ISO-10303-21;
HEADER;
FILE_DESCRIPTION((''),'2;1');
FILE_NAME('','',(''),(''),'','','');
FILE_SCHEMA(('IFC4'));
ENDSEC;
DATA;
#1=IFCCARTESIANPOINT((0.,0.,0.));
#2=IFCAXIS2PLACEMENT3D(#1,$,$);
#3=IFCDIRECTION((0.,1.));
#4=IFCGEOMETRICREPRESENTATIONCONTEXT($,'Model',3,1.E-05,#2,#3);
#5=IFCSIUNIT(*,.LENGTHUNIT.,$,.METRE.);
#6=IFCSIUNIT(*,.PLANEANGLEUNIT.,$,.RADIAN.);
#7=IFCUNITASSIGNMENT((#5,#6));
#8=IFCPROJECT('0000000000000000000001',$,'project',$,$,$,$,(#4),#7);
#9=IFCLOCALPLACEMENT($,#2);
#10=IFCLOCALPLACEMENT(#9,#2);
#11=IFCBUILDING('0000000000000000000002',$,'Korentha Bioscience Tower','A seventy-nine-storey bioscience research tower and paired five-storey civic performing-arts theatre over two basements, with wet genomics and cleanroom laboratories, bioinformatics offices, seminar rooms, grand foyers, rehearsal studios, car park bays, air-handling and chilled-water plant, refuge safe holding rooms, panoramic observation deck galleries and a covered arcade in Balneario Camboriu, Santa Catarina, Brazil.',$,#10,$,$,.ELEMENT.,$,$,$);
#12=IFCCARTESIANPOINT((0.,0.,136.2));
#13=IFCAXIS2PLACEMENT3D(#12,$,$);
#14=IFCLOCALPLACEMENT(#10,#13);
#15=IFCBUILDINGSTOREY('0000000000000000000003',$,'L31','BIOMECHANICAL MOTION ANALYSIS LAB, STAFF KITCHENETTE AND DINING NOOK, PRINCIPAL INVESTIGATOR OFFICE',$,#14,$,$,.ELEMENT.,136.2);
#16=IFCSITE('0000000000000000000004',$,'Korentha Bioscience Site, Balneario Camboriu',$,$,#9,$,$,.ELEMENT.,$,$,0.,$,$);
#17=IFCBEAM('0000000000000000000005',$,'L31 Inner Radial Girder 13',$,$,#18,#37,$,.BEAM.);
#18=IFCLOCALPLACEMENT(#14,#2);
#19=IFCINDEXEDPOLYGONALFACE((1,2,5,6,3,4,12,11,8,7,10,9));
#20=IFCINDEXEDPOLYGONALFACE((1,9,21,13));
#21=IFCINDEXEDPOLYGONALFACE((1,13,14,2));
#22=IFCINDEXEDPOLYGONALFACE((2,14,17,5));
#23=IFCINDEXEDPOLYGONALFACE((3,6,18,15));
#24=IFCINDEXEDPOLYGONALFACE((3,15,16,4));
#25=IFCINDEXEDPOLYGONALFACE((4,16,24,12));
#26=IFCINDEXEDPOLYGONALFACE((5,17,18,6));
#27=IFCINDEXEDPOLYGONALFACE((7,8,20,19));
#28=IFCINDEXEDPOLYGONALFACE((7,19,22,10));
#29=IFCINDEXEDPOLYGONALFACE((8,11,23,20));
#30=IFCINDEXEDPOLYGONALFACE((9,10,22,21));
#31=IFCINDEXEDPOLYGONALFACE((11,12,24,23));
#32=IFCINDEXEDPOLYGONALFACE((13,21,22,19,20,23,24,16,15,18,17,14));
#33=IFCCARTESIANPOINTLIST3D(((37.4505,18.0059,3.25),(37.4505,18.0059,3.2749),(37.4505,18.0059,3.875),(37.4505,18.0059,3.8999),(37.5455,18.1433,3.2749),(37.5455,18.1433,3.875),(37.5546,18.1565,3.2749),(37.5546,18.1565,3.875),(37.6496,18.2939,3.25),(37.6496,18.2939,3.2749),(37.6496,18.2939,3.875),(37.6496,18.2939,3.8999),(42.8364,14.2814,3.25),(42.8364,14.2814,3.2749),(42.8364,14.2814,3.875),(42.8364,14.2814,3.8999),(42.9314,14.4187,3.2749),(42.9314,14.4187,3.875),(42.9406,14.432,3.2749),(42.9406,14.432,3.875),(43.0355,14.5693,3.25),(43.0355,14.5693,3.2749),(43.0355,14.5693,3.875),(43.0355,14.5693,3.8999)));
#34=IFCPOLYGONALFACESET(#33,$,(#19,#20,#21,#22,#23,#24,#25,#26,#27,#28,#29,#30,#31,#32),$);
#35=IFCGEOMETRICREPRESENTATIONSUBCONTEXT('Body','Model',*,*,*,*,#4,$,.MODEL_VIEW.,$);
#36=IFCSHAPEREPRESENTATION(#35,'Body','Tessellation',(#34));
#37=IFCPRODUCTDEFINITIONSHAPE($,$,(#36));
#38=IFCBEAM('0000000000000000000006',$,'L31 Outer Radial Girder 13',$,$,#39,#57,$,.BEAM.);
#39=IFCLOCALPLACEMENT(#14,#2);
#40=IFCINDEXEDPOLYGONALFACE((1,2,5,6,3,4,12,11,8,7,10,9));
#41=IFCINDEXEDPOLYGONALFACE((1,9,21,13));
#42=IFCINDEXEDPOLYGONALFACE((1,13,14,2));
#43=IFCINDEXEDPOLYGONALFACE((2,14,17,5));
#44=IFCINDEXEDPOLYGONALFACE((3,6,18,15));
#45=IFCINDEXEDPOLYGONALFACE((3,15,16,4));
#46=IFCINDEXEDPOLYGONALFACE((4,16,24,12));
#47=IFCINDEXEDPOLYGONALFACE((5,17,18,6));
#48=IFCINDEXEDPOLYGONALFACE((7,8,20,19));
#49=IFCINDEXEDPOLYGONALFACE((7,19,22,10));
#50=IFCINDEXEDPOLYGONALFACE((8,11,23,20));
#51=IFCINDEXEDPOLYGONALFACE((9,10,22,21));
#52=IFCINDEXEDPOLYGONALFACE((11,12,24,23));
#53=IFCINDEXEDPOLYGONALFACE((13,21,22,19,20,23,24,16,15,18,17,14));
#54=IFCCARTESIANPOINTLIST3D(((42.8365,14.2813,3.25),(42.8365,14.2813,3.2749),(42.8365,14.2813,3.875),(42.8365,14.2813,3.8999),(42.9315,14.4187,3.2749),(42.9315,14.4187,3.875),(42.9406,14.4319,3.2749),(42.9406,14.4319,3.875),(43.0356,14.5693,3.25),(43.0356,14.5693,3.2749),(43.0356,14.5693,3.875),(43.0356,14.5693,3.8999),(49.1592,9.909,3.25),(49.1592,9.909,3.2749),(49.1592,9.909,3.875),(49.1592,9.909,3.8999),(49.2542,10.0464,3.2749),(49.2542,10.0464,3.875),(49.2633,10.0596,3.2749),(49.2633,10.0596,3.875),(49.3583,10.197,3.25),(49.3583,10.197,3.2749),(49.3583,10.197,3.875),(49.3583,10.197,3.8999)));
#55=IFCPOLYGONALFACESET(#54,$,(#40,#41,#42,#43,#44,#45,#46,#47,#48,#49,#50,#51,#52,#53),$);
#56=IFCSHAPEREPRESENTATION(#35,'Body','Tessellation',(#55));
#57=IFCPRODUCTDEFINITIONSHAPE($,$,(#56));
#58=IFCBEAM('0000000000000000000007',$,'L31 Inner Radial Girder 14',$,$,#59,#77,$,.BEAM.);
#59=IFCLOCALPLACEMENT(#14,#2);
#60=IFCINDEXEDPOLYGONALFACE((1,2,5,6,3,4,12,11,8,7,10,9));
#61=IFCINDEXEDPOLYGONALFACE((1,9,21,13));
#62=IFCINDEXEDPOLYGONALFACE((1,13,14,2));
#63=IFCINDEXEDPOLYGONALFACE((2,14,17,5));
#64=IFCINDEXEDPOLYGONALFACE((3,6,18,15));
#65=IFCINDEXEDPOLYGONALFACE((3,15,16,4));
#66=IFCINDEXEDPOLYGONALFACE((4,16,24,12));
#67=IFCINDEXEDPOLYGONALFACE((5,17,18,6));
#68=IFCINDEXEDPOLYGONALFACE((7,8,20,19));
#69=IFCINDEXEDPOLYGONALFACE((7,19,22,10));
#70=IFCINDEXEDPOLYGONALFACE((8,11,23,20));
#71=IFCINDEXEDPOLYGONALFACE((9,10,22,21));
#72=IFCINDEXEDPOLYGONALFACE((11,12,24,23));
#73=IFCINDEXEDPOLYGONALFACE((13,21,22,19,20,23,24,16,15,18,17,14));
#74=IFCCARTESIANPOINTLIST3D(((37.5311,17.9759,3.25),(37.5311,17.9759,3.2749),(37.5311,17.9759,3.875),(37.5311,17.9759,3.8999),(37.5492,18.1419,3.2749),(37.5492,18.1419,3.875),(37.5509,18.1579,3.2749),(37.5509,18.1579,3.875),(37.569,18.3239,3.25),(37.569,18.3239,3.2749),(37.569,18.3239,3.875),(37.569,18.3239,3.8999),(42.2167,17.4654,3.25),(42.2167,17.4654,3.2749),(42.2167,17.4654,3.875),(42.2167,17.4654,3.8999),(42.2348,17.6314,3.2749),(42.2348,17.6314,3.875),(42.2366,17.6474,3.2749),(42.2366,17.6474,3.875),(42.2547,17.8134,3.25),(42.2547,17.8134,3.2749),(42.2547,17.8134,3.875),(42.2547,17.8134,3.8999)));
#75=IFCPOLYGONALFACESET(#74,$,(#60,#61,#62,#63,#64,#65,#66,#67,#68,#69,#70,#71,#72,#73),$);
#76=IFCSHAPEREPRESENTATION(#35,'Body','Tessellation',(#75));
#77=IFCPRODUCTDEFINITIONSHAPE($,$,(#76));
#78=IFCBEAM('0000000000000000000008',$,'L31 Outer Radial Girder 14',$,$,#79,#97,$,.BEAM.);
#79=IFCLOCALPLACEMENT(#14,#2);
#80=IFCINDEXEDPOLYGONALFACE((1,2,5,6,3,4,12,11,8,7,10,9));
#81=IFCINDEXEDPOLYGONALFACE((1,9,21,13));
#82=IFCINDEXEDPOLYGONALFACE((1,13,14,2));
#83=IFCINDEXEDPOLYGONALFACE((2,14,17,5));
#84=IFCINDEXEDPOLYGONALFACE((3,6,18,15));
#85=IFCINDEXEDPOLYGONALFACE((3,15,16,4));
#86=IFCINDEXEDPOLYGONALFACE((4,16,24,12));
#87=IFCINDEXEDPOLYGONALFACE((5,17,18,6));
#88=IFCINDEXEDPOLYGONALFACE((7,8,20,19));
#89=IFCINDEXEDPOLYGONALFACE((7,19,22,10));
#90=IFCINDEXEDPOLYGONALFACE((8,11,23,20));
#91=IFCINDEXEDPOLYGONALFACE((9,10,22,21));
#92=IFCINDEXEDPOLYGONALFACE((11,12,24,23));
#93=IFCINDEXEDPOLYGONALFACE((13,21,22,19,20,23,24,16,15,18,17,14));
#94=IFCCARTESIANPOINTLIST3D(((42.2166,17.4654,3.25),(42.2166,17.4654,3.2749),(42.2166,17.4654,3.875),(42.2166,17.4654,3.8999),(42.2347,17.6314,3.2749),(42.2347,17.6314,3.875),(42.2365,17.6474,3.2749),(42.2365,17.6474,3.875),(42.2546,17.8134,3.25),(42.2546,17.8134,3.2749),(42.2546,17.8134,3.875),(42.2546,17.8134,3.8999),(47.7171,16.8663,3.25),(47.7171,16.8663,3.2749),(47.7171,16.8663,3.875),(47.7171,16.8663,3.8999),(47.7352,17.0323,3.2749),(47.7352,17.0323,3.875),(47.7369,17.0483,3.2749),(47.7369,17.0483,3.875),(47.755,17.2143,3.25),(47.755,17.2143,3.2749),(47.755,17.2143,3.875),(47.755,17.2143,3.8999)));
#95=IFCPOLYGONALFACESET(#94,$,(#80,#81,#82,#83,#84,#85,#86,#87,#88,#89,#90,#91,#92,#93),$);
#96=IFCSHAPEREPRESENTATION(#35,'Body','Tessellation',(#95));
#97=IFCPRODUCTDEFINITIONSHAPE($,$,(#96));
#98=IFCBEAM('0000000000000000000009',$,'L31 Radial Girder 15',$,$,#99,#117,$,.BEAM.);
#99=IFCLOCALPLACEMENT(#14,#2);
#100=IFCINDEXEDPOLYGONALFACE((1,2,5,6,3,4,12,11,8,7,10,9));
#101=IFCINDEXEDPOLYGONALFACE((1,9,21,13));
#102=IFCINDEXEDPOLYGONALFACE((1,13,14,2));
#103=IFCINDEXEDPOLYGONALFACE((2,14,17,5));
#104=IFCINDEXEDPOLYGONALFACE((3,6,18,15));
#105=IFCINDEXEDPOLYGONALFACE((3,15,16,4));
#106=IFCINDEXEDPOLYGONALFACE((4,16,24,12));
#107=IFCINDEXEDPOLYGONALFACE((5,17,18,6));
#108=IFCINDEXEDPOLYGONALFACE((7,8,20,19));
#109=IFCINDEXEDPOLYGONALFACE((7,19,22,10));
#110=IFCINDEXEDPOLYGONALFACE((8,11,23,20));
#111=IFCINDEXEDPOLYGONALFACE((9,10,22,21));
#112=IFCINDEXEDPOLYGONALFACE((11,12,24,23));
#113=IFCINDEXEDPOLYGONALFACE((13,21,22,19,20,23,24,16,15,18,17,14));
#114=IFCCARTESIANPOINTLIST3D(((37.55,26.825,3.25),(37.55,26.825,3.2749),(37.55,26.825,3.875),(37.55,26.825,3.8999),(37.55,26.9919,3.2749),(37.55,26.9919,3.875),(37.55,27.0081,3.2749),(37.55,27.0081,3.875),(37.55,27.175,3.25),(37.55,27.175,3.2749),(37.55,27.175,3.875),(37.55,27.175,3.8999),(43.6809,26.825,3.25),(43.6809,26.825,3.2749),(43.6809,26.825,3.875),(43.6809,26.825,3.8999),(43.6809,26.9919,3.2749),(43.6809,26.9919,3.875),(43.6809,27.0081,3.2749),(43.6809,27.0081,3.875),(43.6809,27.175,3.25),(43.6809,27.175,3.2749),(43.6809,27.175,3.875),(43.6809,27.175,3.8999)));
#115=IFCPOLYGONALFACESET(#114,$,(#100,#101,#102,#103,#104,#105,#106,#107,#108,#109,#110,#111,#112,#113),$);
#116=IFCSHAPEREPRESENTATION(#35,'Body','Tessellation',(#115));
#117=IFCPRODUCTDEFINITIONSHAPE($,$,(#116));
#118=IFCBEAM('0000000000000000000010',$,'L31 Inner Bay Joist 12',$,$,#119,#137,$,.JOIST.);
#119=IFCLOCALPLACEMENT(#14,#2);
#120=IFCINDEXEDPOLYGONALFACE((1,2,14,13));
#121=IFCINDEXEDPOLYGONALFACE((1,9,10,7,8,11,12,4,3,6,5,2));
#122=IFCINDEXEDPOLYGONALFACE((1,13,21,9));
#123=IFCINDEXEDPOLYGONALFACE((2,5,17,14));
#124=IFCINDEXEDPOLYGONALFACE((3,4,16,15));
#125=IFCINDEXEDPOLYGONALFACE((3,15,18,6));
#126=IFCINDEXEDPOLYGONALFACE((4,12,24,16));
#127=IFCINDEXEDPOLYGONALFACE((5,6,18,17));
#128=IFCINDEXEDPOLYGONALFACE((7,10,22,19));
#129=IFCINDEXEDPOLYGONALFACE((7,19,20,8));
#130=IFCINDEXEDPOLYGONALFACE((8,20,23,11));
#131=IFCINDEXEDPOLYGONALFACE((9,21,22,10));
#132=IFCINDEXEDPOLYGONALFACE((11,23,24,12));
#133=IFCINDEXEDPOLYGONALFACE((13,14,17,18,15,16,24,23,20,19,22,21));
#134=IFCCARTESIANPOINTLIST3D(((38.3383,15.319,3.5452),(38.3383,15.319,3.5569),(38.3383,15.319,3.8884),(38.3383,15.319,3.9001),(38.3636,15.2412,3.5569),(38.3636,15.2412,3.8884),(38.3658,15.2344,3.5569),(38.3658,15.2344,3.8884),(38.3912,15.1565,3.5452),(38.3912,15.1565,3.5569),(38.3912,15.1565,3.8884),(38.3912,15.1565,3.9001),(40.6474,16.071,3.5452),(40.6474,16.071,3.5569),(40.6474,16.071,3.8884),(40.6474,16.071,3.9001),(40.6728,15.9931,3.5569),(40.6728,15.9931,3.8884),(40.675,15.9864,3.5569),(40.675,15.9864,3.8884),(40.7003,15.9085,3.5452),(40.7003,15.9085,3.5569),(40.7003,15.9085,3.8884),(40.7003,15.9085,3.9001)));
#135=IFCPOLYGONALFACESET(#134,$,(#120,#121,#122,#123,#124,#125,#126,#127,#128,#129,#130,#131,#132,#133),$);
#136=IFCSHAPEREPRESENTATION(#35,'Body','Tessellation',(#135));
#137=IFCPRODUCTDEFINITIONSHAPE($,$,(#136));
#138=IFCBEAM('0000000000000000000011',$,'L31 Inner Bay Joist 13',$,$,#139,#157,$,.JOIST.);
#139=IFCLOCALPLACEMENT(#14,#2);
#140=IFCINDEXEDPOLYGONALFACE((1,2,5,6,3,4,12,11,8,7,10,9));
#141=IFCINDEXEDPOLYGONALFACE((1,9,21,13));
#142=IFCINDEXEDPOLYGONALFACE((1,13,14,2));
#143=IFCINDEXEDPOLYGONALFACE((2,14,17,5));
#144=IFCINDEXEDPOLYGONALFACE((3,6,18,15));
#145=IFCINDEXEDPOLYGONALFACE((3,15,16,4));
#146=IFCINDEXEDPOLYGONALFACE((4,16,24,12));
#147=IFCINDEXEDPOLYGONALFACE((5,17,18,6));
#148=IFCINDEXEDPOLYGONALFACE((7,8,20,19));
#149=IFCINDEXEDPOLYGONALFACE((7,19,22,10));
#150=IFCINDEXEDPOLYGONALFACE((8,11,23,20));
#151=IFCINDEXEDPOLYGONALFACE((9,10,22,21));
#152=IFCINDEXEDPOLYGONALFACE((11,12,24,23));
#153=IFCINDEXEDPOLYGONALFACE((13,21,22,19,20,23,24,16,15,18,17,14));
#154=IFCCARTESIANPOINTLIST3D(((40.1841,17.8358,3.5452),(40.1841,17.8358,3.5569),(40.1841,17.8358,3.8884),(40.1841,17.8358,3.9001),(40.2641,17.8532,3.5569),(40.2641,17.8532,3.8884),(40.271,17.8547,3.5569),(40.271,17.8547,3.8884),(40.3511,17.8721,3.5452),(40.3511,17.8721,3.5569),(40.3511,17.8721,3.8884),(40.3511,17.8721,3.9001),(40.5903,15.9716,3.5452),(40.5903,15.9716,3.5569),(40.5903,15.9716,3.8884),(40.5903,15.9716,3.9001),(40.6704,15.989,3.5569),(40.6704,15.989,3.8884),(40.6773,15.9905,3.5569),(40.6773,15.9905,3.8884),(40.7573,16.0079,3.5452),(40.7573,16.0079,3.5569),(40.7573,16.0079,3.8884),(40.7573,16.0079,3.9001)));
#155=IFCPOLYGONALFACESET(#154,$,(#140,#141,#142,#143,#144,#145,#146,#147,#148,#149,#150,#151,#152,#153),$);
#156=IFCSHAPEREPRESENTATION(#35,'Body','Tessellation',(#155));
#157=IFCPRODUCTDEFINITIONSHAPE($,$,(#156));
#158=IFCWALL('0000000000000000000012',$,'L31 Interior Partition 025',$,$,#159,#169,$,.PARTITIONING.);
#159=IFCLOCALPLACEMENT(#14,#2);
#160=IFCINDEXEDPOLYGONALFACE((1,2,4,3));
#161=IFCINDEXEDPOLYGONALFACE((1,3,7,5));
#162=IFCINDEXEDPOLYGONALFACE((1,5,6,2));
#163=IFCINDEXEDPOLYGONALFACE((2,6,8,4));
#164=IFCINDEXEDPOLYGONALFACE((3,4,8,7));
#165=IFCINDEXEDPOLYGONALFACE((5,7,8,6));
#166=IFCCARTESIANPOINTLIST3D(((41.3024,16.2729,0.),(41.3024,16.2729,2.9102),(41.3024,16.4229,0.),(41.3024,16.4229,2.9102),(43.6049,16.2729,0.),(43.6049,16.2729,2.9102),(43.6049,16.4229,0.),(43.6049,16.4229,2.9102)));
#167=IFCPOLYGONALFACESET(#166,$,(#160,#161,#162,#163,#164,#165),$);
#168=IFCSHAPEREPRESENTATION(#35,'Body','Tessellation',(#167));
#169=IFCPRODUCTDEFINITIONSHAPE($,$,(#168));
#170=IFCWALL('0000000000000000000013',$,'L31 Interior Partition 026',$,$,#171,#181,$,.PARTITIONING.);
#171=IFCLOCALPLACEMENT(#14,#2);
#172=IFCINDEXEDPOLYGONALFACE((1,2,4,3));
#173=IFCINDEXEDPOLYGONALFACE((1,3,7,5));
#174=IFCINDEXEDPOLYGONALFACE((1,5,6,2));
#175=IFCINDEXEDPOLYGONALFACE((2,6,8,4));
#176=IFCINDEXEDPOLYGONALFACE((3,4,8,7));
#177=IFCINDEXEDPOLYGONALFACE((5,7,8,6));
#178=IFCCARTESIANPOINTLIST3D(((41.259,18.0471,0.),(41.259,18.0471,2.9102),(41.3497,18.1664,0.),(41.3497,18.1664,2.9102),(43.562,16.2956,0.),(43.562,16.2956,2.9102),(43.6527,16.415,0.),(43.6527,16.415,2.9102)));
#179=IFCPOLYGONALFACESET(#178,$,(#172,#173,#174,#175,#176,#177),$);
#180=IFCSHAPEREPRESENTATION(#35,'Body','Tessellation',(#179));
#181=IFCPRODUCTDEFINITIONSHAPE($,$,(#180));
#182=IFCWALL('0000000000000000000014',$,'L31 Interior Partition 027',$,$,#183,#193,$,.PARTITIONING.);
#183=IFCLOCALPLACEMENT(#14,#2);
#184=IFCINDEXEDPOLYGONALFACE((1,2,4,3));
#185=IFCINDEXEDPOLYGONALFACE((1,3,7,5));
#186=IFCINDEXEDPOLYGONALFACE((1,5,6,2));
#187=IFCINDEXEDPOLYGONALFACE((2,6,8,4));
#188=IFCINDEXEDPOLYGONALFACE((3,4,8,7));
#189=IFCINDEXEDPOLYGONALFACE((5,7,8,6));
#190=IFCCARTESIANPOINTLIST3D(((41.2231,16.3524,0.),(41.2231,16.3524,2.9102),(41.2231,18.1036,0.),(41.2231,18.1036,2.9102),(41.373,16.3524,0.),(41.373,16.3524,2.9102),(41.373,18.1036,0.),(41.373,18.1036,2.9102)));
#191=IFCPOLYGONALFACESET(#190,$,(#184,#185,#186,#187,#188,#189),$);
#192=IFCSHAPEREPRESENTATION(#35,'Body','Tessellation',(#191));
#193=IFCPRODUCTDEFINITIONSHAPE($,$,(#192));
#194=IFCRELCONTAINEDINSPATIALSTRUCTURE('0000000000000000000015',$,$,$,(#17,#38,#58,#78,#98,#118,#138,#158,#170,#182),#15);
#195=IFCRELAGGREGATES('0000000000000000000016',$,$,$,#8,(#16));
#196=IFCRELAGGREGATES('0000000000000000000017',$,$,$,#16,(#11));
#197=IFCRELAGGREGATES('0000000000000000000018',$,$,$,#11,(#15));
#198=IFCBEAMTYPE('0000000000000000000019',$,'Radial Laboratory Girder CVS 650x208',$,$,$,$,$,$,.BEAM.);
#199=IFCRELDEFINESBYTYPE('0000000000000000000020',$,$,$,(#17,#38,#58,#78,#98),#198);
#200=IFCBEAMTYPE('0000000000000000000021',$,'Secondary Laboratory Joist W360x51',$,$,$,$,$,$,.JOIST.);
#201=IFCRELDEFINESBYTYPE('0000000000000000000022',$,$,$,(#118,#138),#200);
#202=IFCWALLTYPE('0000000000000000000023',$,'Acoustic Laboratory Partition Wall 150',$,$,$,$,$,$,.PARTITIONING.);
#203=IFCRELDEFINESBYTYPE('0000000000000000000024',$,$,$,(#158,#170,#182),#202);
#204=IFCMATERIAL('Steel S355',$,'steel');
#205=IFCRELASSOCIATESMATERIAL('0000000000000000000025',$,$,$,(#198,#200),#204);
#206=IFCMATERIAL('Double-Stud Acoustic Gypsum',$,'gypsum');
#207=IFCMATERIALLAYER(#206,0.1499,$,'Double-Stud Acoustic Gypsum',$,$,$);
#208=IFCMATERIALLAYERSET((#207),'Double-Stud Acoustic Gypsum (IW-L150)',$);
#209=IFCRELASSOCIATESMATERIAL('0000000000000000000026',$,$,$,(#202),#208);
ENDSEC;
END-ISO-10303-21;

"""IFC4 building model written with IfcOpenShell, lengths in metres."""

from ifc_helpers import new_model, si_unit, direction, frame, frame_2d, origin, origin_2d, place, context, subcontext, project, spatial, rectangle, i_section, extrude, material, layer, layer_set, material_profile, profile_set, type_object, element, save


model = new_model("IFC4")

# Units and contexts
model_context = context("Model", 3, precision=1e-05, world=origin(), true_north=direction((0.0, 1.0)))
body_context = subcontext(model_context, "Body", "Model", "MODEL_VIEW")
ifc_project = project(units=[si_unit("LENGTHUNIT", "METRE"), si_unit("PLANEANGLEUNIT", "RADIAN")], contexts=[model_context])

# Site, building, storey
site_placement = place(None, origin())
site = spatial("IfcSite", under=ifc_project, at=site_placement, Name="Korentha Bioscience Site, Balneario Camboriu", CompositionType="ELEMENT", RefElevation=0.0)
building_placement = place(site_placement, origin())
building = spatial("IfcBuilding", under=site, at=building_placement, Name="Korentha Bioscience Tower", Description="A seventy-nine-storey bioscience research tower and paired five-storey civic performing-arts theatre over two basements, with wet genomics and cleanroom laboratories, bioinformatics offices, seminar rooms, grand foyers, rehearsal studios, car park bays, air-handling and chilled-water plant, refuge safe holding rooms, panoramic observation deck galleries and a covered arcade in Balneario Camboriu, Santa Catarina, Brazil.", CompositionType="ELEMENT")
storey_placement = place(building_placement, frame((0.0, 0.0, 136.2)))
storey = spatial("IfcBuildingStorey", under=building, at=storey_placement, Name="L31", Description="BIOMECHANICAL MOTION ANALYSIS LAB, STAFF KITCHENETTE AND DINING NOOK, PRINCIPAL INVESTIGATOR OFFICE", CompositionType="ELEMENT", Elevation=136.2)

# Beams
ifc_material_1 = material(Name="Steel S355", Category="steel")
ifc_material_profile_1 = material_profile(ifc_material_1, i_section(OverallWidth=0.3501, OverallDepth=0.6499, WebThickness=0.0161, FlangeThickness=0.0249, at=origin_2d()), Name="Steel S355")
ifc_profile_set_1 = profile_set([ifc_material_profile_1], Name="Steel S355 (RB-650)")
beam_type_1 = type_object("IfcBeamType", Name="Radial Laboratory Girder CVS 650x208", PredefinedType="BEAM", material=ifc_profile_set_1)
beam_1_placement = place(storey_placement, frame((37.55, 18.1499, 3.575), z_axis=(0.822489, -0.568781, 0.0), x_axis=(0.568781, 0.822489, 0.0)))
element("IfcBeam", 1, at=beam_1_placement, inside=storey, type_object=beam_type_1, Name="L31 Inner Radial Girder 13", PredefinedType="BEAM", context=body_context, shape_type="SweptSolid", body=[
    extrude(i_section(OverallWidth=0.3501, OverallDepth=0.6499, WebThickness=0.0161, FlangeThickness=0.0249, at=origin_2d()), origin(), (0.0, 0.0, 1.0), 6.5483),
])
beam_2_placement = place(storey_placement, frame((42.936, 14.4253, 3.575), z_axis=(0.822495, -0.568772, 0.0), x_axis=(0.568772, 0.822495, 0.0)))
element("IfcBeam", 2, at=beam_2_placement, inside=storey, type_object=beam_type_1, Name="L31 Outer Radial Girder 13", PredefinedType="BEAM", context=body_context, shape_type="SweptSolid", body=[
    extrude(i_section(OverallWidth=0.3501, OverallDepth=0.6499, WebThickness=0.0161, FlangeThickness=0.0249, at=origin_2d()), origin(), (0.0, 0.0, 1.0), 7.6873),
])
beam_3_placement = place(storey_placement, frame((37.55, 18.1499, 3.575), z_axis=(0.994117, -0.108311, 0.0), x_axis=(0.108311, 0.994117, 0.0)))
element("IfcBeam", 3, at=beam_3_placement, inside=storey, type_object=beam_type_1, Name="L31 Inner Radial Girder 14", PredefinedType="BEAM", context=body_context, shape_type="SweptSolid", body=[
    extrude(i_section(OverallWidth=0.3501, OverallDepth=0.6499, WebThickness=0.0161, FlangeThickness=0.0249, at=origin_2d()), origin(), (0.0, 0.0, 1.0), 4.7134),
])
beam_4_placement = place(storey_placement, frame((42.2356, 17.6394, 3.575), z_axis=(0.99412, -0.108281, 0.0), x_axis=(0.108281, 0.99412, 0.0)))
element("IfcBeam", 4, at=beam_4_placement, inside=storey, type_object=beam_type_1, Name="L31 Outer Radial Girder 14", PredefinedType="BEAM", context=body_context, shape_type="SweptSolid", body=[
    extrude(i_section(OverallWidth=0.3501, OverallDepth=0.6499, WebThickness=0.0161, FlangeThickness=0.0249, at=origin_2d()), origin(), (0.0, 0.0, 1.0), 5.533),
])
beam_5_placement = place(storey_placement, frame((37.55, 27.0, 3.575), z_axis=(1.0, 0.0, 0.0), x_axis=(0.0, 1.0, 0.0)))
element("IfcBeam", 5, at=beam_5_placement, inside=storey, type_object=beam_type_1, Name="L31 Radial Girder 15", PredefinedType="BEAM", context=body_context, shape_type="SweptSolid", body=[
    extrude(i_section(OverallWidth=0.3501, OverallDepth=0.6499, WebThickness=0.0161, FlangeThickness=0.0249, at=origin_2d()), origin(), (0.0, 0.0, 1.0), 6.1309),
])
ifc_material_profile_2 = material_profile(ifc_material_1, i_section(OverallWidth=0.1709, OverallDepth=0.355, WebThickness=0.0071, FlangeThickness=0.0117, at=origin_2d()), Name="Steel S355")
ifc_profile_set_2 = profile_set([ifc_material_profile_2], Name="Steel S355 (JB-360)")
beam_type_2 = type_object("IfcBeamType", Name="Secondary Laboratory Joist W360x51", PredefinedType="JOIST", material=ifc_profile_set_2)
beam_6_placement = place(storey_placement, frame((38.3647, 15.2378, 3.7227), z_axis=(0.950852, 0.309645, 0.0), x_axis=(-0.309645, 0.950852, 0.0)))
element("IfcBeam", 6, at=beam_6_placement, inside=storey, type_object=beam_type_2, Name="L31 Inner Bay Joist 12", PredefinedType="JOIST", context=body_context, shape_type="SweptSolid", body=[
    extrude(i_section(OverallWidth=0.1709, OverallDepth=0.355, WebThickness=0.0071, FlangeThickness=0.0117, at=origin_2d()), origin(), (0.0, 0.0, 1.0), 2.4285),
])
beam_7_placement = place(storey_placement, frame((40.6738, 15.9897, 3.7227), z_axis=(-0.212918, 0.97707, 0.0), x_axis=(-0.97707, -0.212918, 0.0)))
element("IfcBeam", 7, at=beam_7_placement, inside=storey, type_object=beam_type_2, Name="L31 Inner Bay Joist 13", PredefinedType="JOIST", context=body_context, shape_type="SweptSolid", body=[
    extrude(i_section(OverallWidth=0.1709, OverallDepth=0.355, WebThickness=0.0071, FlangeThickness=0.0117, at=origin_2d()), origin(), (0.0, 0.0, 1.0), 1.908),
])

# Walls
ifc_material_2 = material(Name="Double-Stud Acoustic Gypsum", Category="gypsum")
ifc_layer_1 = layer(ifc_material_2, 0.1499, Name="Double-Stud Acoustic Gypsum")
ifc_layer_set_1 = layer_set([ifc_layer_1], Name="Double-Stud Acoustic Gypsum (IW-L150)")
wall_type_1 = type_object("IfcWallType", Name="Acoustic Laboratory Partition Wall 150", PredefinedType="PARTITIONING", material=ifc_layer_set_1)
wall_1_placement = place(storey_placement, frame((41.3022, 16.3479, 0.0), z_axis=(0.0, 0.0, 1.0), x_axis=(1.0, 0.0, 0.0)))
element("IfcWall", 8, at=wall_1_placement, inside=storey, type_object=wall_type_1, Name="L31 Interior Partition 025", PredefinedType="PARTITIONING", context=body_context, shape_type="SweptSolid", body=[
    extrude(rectangle(XDim=2.3025, YDim=0.1499, at=frame_2d((1.1514, 0.0))), origin(), (0.0, 0.0, 1.0), 2.9102),
])
wall_2_placement = place(storey_placement, frame((43.6074, 16.3552, 0.0), z_axis=(0.0, 0.0, 1.0), x_axis=(-0.795962, 0.605346, 0.0)))
element("IfcWall", 9, at=wall_2_placement, inside=storey, type_object=wall_type_1, Name="L31 Interior Partition 026", PredefinedType="PARTITIONING", context=body_context, shape_type="SweptSolid", body=[
    extrude(rectangle(XDim=2.8933, YDim=0.1499, at=frame_2d((1.4468, 0.0))), origin(), (0.0, 0.0, 1.0), 2.9102),
])
wall_3_placement = place(storey_placement, frame((41.2981, 18.1035, 0.0), z_axis=(0.0, 0.0, 1.0), x_axis=(0.0, -1.0, 0.0)))
element("IfcWall", 10, at=wall_3_placement, inside=storey, type_object=wall_type_1, Name="L31 Interior Partition 027", PredefinedType="PARTITIONING", context=body_context, shape_type="SweptSolid", body=[
    extrude(rectangle(XDim=1.7512, YDim=0.1499, at=frame_2d((0.8755, 0.0))), origin(), (0.0, 0.0, 1.0), 2.9102),
])

save(model, "model.ifc")
